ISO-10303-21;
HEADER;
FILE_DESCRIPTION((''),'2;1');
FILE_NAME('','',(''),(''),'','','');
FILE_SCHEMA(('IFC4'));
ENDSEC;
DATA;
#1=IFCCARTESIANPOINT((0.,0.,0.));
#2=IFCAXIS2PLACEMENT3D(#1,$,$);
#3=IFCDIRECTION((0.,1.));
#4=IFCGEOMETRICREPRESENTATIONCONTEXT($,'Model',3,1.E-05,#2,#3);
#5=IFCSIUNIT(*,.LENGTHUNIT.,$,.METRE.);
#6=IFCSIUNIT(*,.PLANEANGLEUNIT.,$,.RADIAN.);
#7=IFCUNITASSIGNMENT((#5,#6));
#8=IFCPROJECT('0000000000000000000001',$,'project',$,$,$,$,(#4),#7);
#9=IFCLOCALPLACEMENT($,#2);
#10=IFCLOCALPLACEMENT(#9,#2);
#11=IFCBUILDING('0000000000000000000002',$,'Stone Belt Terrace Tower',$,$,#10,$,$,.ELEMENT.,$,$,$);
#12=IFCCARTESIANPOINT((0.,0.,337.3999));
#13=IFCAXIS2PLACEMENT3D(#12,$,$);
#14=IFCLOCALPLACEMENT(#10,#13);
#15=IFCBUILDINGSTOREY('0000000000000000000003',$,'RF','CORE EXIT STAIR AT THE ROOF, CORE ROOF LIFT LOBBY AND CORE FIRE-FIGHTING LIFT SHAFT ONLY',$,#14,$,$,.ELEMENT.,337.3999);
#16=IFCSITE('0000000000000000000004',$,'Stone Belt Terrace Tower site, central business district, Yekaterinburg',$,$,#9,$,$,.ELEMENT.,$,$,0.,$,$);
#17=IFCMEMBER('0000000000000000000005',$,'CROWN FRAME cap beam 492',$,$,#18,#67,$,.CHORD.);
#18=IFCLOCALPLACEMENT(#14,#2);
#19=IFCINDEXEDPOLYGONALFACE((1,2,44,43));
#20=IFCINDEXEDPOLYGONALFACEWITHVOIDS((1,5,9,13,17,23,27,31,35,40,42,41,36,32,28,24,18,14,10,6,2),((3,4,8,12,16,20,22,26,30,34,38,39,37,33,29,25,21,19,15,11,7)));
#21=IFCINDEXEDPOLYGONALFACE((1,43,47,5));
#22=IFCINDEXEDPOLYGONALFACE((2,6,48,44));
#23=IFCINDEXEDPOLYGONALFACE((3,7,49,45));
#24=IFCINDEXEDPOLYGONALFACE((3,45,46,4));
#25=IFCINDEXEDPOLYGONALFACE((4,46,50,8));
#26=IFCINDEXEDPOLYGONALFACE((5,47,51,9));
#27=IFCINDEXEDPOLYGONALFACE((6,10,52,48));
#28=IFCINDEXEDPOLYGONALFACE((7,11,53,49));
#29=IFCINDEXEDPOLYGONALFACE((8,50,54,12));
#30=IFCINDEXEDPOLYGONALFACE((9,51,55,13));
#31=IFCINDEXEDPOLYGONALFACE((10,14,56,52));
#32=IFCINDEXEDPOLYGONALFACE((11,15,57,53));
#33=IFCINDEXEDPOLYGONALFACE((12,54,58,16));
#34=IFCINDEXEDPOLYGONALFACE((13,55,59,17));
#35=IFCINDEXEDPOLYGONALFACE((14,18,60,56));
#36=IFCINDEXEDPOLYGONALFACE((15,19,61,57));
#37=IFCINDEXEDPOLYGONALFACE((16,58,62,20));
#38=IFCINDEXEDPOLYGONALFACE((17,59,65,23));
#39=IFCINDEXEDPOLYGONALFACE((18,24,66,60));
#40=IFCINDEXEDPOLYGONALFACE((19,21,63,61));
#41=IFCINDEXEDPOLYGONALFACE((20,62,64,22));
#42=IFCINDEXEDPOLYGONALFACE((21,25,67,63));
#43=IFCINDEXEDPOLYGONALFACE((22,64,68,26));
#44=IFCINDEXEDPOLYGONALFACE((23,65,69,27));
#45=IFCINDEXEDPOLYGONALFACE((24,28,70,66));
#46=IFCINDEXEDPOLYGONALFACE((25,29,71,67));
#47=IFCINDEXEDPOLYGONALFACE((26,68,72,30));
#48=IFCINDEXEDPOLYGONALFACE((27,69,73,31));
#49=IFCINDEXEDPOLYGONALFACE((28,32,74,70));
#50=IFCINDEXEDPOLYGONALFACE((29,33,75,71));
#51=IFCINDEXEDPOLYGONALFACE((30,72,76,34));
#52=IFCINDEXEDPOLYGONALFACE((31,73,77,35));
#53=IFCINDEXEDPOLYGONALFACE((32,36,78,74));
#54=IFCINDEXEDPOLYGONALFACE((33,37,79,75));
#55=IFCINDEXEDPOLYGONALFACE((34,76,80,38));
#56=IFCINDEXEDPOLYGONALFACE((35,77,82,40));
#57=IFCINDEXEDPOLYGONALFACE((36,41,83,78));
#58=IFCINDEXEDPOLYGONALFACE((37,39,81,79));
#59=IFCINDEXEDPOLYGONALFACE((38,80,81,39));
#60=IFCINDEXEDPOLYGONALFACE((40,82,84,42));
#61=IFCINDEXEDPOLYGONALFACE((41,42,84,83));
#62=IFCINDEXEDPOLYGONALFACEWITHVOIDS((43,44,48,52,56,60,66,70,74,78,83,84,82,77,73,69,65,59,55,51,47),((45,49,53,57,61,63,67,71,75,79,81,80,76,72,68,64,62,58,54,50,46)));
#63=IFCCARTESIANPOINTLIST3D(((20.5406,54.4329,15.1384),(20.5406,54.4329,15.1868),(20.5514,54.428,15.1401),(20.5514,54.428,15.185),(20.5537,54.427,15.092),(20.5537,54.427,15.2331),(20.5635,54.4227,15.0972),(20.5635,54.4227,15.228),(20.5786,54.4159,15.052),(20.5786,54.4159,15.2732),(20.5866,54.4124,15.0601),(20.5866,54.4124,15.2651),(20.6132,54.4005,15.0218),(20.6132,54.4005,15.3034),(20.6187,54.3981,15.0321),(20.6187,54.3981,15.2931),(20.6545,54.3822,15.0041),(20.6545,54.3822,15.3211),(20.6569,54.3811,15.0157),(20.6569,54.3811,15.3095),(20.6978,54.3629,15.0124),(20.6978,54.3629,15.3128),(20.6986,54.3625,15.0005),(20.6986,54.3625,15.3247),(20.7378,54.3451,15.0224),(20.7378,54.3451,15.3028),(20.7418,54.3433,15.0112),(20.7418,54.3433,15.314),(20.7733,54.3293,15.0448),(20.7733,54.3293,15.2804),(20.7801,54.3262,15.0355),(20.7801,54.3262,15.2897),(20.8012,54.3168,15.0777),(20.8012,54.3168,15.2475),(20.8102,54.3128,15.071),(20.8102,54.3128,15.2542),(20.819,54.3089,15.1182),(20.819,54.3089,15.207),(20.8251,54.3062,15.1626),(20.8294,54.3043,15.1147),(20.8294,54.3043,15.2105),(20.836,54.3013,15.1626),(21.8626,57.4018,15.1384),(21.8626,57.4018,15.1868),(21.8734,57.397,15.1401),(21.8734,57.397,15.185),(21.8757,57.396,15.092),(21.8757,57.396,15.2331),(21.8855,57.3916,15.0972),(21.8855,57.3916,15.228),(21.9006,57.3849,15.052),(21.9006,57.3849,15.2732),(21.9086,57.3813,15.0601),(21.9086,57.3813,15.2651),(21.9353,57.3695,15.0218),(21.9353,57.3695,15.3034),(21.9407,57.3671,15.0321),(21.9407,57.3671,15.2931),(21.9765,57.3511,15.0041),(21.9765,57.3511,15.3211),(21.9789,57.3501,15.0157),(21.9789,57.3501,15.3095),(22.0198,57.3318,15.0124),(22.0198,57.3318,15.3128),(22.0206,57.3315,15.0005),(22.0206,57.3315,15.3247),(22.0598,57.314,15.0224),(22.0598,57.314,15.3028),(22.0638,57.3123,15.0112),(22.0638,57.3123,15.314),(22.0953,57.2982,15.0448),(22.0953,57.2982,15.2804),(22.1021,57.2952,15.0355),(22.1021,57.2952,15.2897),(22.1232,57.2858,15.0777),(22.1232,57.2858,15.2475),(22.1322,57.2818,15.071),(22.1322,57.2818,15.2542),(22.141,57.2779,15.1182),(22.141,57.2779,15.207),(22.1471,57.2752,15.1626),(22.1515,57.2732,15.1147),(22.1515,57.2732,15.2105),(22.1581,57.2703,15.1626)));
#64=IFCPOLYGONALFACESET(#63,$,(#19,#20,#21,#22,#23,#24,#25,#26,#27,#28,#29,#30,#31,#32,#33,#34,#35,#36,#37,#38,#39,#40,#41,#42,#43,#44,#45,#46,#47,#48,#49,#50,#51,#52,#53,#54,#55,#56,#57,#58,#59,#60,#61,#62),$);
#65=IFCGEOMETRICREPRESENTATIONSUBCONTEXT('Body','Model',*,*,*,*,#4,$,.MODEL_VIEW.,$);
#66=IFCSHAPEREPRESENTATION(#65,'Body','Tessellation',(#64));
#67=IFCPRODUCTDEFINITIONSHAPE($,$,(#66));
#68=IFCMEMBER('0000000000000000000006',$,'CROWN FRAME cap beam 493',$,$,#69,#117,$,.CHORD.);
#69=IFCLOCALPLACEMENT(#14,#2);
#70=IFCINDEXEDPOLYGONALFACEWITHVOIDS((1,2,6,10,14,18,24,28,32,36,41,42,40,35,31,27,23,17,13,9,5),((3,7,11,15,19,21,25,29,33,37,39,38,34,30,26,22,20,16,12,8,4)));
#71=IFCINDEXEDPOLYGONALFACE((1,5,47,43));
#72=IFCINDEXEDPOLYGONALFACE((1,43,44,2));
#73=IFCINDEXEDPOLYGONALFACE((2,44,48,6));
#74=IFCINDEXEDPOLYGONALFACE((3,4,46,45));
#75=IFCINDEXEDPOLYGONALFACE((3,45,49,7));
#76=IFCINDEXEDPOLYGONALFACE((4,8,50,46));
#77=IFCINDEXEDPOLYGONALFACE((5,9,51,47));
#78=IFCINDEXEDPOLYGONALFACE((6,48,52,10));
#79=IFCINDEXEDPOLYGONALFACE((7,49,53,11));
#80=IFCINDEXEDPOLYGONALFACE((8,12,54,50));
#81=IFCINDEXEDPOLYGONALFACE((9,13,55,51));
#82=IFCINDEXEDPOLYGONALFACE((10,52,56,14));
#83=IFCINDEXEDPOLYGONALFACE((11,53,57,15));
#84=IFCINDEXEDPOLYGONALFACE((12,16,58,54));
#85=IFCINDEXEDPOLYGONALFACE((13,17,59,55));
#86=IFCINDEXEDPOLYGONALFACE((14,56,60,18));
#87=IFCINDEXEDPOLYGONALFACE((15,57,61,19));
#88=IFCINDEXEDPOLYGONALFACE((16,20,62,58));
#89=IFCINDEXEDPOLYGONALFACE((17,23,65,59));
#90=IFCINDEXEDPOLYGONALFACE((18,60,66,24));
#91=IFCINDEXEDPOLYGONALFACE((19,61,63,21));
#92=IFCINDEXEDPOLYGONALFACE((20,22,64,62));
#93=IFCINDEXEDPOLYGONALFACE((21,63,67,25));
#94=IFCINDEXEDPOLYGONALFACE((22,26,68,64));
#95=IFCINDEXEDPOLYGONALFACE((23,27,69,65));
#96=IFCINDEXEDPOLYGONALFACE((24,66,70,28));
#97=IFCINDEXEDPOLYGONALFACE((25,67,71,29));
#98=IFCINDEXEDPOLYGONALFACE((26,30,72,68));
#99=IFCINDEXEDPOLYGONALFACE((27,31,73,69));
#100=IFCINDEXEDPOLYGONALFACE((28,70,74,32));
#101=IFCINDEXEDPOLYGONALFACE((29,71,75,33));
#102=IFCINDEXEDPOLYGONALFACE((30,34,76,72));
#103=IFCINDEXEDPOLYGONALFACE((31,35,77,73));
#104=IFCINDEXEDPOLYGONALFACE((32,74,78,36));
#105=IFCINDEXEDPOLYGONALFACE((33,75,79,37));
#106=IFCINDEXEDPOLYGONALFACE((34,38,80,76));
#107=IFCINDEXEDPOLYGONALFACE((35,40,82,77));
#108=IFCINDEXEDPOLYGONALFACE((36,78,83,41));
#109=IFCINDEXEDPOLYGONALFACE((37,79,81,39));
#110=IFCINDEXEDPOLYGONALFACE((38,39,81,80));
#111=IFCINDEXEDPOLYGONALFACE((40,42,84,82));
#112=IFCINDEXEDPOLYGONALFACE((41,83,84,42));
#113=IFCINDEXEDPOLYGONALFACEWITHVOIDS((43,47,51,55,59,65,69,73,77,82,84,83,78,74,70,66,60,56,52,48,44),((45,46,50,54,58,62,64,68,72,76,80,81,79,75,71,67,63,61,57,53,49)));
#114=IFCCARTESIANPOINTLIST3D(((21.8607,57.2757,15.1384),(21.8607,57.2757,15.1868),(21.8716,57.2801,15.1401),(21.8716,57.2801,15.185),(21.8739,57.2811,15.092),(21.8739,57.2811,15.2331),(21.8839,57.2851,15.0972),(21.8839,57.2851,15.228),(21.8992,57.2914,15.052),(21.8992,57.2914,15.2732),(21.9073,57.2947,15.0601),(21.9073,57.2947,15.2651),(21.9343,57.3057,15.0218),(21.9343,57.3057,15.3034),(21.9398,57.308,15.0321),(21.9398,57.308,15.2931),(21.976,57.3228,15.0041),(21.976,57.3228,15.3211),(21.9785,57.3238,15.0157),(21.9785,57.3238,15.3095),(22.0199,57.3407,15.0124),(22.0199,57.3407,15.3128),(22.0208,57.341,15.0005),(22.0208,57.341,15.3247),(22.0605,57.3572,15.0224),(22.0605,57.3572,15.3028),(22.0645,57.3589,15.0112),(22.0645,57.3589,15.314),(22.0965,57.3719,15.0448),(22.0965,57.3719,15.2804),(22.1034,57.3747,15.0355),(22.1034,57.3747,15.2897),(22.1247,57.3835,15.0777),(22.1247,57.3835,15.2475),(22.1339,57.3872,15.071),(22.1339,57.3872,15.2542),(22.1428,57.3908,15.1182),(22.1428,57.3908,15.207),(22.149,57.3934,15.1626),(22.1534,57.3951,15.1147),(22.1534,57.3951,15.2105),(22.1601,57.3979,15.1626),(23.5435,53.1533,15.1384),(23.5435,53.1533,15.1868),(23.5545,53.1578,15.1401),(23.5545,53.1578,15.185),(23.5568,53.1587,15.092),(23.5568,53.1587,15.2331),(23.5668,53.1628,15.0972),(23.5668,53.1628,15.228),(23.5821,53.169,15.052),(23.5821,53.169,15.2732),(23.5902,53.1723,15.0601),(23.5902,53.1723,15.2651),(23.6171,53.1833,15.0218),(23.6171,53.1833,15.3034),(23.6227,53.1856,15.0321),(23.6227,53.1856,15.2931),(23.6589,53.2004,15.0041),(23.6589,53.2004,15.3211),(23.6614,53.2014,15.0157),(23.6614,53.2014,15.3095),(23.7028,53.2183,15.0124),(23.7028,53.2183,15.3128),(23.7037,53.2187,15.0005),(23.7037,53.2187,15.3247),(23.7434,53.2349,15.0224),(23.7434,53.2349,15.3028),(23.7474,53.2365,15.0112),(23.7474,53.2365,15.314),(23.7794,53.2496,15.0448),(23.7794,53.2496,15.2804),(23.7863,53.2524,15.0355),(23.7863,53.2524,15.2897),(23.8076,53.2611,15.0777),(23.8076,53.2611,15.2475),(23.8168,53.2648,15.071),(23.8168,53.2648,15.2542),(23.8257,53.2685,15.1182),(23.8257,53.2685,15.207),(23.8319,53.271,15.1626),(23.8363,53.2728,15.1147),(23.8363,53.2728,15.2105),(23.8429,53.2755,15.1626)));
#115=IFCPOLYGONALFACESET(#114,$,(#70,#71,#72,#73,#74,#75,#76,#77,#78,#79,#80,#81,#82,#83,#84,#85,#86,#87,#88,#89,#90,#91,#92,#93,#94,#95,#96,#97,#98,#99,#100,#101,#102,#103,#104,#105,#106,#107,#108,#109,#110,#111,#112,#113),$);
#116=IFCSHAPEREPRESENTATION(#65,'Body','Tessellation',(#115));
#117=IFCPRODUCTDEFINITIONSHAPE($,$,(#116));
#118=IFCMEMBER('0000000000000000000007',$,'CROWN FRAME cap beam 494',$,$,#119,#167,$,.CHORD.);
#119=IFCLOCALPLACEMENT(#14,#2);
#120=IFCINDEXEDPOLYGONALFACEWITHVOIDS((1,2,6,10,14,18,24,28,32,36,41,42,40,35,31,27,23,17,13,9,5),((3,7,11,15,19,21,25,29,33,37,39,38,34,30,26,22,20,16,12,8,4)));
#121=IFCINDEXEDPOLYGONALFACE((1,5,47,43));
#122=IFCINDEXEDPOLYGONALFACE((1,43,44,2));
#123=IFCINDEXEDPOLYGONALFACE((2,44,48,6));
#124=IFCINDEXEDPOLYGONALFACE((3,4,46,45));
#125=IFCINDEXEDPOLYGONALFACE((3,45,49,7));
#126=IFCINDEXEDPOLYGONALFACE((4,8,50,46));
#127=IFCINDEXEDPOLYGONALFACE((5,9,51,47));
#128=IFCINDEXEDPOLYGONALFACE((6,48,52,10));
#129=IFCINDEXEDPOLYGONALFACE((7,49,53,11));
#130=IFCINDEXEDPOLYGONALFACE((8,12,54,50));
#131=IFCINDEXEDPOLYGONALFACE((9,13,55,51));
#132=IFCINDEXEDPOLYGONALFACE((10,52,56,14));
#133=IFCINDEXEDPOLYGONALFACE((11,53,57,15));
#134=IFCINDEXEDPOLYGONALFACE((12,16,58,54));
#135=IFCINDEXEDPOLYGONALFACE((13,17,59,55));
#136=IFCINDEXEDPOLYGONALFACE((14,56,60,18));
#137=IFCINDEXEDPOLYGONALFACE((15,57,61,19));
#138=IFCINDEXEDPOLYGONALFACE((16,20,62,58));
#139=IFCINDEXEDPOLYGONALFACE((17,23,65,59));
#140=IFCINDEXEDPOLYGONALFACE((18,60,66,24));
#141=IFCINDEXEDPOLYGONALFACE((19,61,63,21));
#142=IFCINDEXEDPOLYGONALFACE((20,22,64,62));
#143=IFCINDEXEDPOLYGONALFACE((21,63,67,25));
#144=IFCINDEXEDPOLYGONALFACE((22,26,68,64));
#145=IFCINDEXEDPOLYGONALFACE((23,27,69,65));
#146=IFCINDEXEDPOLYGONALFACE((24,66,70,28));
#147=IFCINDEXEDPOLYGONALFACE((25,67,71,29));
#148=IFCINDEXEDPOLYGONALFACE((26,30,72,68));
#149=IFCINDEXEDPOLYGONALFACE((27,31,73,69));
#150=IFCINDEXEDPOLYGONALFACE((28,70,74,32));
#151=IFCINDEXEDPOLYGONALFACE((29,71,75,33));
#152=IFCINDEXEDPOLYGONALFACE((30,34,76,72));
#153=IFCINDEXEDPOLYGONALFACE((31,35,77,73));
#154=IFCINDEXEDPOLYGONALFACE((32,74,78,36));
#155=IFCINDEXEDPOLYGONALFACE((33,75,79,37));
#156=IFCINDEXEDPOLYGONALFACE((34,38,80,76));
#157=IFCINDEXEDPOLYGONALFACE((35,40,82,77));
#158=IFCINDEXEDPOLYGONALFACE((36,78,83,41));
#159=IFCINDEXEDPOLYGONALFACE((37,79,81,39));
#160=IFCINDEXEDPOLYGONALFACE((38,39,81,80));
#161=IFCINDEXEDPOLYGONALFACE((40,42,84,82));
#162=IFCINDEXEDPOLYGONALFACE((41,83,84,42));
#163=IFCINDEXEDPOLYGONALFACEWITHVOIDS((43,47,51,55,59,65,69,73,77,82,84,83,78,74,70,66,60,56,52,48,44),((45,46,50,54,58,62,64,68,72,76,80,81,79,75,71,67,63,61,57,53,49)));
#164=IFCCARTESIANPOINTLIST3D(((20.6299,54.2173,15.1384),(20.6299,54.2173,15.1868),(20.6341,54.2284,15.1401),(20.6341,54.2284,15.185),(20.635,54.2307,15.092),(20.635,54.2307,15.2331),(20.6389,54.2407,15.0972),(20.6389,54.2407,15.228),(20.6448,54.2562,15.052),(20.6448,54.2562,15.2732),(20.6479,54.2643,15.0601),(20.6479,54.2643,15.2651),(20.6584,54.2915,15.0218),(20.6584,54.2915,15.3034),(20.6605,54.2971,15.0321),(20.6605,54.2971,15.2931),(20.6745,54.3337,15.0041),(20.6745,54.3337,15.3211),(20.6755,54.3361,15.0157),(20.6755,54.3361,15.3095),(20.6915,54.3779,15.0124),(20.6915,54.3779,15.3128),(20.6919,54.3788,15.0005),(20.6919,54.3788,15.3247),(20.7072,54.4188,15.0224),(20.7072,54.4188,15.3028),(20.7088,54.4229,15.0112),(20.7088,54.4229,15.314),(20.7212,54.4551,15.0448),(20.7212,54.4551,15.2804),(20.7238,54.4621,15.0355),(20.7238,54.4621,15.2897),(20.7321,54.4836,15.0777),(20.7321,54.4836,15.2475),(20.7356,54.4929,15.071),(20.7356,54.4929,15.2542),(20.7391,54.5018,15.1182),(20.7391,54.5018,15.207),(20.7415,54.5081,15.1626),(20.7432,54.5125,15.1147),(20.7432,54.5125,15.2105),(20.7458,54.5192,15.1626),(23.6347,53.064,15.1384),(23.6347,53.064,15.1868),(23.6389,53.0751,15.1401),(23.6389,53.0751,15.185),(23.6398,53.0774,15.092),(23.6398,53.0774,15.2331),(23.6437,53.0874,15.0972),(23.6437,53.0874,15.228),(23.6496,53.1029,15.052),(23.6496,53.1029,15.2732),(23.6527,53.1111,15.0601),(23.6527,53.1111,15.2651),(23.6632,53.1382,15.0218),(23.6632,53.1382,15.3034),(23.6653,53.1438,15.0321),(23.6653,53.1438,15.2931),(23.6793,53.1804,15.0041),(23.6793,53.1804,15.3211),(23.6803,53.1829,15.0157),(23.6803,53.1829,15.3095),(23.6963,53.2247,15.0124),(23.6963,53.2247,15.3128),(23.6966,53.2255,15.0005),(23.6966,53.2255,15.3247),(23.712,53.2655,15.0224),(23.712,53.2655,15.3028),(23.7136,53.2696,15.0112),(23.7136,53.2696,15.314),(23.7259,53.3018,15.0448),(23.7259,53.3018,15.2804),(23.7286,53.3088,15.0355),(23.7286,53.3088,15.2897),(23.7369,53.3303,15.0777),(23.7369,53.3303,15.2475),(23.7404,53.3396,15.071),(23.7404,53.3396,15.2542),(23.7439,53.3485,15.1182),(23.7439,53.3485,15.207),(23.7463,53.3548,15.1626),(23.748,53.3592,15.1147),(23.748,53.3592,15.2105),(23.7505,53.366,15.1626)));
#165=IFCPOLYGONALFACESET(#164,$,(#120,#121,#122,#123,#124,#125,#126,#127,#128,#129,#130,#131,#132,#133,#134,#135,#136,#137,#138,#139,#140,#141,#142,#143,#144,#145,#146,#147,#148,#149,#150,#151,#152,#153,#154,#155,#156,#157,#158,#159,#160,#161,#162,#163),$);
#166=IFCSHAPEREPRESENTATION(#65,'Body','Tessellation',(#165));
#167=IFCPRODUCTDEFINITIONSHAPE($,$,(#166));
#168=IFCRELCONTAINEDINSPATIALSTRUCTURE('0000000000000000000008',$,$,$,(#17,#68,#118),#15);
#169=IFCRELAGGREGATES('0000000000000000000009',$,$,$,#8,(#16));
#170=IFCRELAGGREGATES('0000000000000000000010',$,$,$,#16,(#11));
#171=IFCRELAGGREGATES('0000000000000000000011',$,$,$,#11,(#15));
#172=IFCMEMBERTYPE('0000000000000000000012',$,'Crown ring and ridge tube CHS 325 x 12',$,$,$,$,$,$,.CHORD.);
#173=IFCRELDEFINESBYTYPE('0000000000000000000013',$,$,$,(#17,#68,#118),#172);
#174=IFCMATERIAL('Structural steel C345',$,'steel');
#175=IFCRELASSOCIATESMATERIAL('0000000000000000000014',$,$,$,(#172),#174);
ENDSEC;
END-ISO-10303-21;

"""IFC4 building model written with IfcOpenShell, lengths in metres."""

from ifc_helpers import new_model, si_unit, direction, frame, origin, origin_2d, place, context, subcontext, project, spatial, hollow_circle, extrude, material, material_profile, profile_set, type_object, element, save


model = new_model("IFC4")

# Units and contexts
model_context = context("Model", 3, precision=1e-05, world=origin(), true_north=direction((0.0, 1.0)))
body_context = subcontext(model_context, "Body", "Model", "MODEL_VIEW")
ifc_project = project(units=[si_unit("LENGTHUNIT", "METRE"), si_unit("PLANEANGLEUNIT", "RADIAN")], contexts=[model_context])

# Site, building, storey
site_placement = place(None, origin())
site = spatial("IfcSite", under=ifc_project, at=site_placement, Name="Stone Belt Terrace Tower site, central business district, Yekaterinburg", CompositionType="ELEMENT", RefElevation=0.0)
building_placement = place(site_placement, origin())
building = spatial("IfcBuilding", under=site, at=building_placement, Name="Stone Belt Terrace Tower", CompositionType="ELEMENT")
storey_placement = place(building_placement, frame((0.0, 0.0, 337.3999)))
storey = spatial("IfcBuildingStorey", under=building, at=storey_placement, Name="RF", Description="CORE EXIT STAIR AT THE ROOF, CORE ROOF LIFT LOBBY AND CORE FIRE-FIGHTING LIFT SHAFT ONLY", CompositionType="ELEMENT", Elevation=337.3999)

# Members
ifc_material_1 = material(Name="Structural steel C345", Category="steel")
ifc_material_profile_1 = material_profile(ifc_material_1, hollow_circle(Radius=0.1626, WallThickness=0.012, at=origin_2d()), Name="Structural steel C345 CHS 325x12")
ifc_profile_set_1 = profile_set([ifc_material_profile_1], Name="Structural steel C345")
member_type_1 = type_object("IfcMemberType", Name="Crown ring and ridge tube CHS 325 x 12", PredefinedType="CHORD", material=ifc_profile_set_1)
for number, where, z_axis, x_axis, name in (
    (1, (22.0095, 57.3364, 15.1626), (-0.406773, -0.913529, 0.0), (0.913529, -0.406773, 0.0), "CROWN FRAME cap beam 492"),
):
    element("IfcMember", number, at=place(storey_placement, frame(where, z_axis=z_axis, x_axis=x_axis)), inside=storey, type_object=member_type_1, Name=name, PredefinedType="CHORD", context=body_context, shape_type="SweptSolid", body=[
        extrude(hollow_circle(Radius=0.1626, WallThickness=0.012, at=origin_2d()), origin(), (0.0, 0.0, 1.0), 3.25),
    ])
member_1_placement = place(storey_placement, frame((22.0095, 57.3364, 15.1626), z_axis=(0.377952, -0.925825, 0.0), x_axis=(0.925825, 0.377952, 0.0)))
element("IfcMember", 2, at=member_1_placement, inside=storey, type_object=member_type_1, Name="CROWN FRAME cap beam 493", PredefinedType="CHORD", context=body_context, shape_type="SweptSolid", body=[
    extrude(hollow_circle(Radius=0.1626, WallThickness=0.012, at=origin_2d()), origin(), (0.0, 0.0, 1.0), 4.4526),
])
member_2_placement = place(storey_placement, frame((20.6875, 54.3674, 15.1626), z_axis=(0.933596, -0.358328, 0.0), x_axis=(0.358328, 0.933596, 0.0)))
element("IfcMember", 3, at=member_2_placement, inside=storey, type_object=member_type_1, Name="CROWN FRAME cap beam 494", PredefinedType="CHORD", context=body_context, shape_type="SweptSolid", body=[
    extrude(hollow_circle(Radius=0.1626, WallThickness=0.012, at=origin_2d()), origin(), (0.0, 0.0, 1.0), 3.2185),
])

save(model, "model.ifc")
